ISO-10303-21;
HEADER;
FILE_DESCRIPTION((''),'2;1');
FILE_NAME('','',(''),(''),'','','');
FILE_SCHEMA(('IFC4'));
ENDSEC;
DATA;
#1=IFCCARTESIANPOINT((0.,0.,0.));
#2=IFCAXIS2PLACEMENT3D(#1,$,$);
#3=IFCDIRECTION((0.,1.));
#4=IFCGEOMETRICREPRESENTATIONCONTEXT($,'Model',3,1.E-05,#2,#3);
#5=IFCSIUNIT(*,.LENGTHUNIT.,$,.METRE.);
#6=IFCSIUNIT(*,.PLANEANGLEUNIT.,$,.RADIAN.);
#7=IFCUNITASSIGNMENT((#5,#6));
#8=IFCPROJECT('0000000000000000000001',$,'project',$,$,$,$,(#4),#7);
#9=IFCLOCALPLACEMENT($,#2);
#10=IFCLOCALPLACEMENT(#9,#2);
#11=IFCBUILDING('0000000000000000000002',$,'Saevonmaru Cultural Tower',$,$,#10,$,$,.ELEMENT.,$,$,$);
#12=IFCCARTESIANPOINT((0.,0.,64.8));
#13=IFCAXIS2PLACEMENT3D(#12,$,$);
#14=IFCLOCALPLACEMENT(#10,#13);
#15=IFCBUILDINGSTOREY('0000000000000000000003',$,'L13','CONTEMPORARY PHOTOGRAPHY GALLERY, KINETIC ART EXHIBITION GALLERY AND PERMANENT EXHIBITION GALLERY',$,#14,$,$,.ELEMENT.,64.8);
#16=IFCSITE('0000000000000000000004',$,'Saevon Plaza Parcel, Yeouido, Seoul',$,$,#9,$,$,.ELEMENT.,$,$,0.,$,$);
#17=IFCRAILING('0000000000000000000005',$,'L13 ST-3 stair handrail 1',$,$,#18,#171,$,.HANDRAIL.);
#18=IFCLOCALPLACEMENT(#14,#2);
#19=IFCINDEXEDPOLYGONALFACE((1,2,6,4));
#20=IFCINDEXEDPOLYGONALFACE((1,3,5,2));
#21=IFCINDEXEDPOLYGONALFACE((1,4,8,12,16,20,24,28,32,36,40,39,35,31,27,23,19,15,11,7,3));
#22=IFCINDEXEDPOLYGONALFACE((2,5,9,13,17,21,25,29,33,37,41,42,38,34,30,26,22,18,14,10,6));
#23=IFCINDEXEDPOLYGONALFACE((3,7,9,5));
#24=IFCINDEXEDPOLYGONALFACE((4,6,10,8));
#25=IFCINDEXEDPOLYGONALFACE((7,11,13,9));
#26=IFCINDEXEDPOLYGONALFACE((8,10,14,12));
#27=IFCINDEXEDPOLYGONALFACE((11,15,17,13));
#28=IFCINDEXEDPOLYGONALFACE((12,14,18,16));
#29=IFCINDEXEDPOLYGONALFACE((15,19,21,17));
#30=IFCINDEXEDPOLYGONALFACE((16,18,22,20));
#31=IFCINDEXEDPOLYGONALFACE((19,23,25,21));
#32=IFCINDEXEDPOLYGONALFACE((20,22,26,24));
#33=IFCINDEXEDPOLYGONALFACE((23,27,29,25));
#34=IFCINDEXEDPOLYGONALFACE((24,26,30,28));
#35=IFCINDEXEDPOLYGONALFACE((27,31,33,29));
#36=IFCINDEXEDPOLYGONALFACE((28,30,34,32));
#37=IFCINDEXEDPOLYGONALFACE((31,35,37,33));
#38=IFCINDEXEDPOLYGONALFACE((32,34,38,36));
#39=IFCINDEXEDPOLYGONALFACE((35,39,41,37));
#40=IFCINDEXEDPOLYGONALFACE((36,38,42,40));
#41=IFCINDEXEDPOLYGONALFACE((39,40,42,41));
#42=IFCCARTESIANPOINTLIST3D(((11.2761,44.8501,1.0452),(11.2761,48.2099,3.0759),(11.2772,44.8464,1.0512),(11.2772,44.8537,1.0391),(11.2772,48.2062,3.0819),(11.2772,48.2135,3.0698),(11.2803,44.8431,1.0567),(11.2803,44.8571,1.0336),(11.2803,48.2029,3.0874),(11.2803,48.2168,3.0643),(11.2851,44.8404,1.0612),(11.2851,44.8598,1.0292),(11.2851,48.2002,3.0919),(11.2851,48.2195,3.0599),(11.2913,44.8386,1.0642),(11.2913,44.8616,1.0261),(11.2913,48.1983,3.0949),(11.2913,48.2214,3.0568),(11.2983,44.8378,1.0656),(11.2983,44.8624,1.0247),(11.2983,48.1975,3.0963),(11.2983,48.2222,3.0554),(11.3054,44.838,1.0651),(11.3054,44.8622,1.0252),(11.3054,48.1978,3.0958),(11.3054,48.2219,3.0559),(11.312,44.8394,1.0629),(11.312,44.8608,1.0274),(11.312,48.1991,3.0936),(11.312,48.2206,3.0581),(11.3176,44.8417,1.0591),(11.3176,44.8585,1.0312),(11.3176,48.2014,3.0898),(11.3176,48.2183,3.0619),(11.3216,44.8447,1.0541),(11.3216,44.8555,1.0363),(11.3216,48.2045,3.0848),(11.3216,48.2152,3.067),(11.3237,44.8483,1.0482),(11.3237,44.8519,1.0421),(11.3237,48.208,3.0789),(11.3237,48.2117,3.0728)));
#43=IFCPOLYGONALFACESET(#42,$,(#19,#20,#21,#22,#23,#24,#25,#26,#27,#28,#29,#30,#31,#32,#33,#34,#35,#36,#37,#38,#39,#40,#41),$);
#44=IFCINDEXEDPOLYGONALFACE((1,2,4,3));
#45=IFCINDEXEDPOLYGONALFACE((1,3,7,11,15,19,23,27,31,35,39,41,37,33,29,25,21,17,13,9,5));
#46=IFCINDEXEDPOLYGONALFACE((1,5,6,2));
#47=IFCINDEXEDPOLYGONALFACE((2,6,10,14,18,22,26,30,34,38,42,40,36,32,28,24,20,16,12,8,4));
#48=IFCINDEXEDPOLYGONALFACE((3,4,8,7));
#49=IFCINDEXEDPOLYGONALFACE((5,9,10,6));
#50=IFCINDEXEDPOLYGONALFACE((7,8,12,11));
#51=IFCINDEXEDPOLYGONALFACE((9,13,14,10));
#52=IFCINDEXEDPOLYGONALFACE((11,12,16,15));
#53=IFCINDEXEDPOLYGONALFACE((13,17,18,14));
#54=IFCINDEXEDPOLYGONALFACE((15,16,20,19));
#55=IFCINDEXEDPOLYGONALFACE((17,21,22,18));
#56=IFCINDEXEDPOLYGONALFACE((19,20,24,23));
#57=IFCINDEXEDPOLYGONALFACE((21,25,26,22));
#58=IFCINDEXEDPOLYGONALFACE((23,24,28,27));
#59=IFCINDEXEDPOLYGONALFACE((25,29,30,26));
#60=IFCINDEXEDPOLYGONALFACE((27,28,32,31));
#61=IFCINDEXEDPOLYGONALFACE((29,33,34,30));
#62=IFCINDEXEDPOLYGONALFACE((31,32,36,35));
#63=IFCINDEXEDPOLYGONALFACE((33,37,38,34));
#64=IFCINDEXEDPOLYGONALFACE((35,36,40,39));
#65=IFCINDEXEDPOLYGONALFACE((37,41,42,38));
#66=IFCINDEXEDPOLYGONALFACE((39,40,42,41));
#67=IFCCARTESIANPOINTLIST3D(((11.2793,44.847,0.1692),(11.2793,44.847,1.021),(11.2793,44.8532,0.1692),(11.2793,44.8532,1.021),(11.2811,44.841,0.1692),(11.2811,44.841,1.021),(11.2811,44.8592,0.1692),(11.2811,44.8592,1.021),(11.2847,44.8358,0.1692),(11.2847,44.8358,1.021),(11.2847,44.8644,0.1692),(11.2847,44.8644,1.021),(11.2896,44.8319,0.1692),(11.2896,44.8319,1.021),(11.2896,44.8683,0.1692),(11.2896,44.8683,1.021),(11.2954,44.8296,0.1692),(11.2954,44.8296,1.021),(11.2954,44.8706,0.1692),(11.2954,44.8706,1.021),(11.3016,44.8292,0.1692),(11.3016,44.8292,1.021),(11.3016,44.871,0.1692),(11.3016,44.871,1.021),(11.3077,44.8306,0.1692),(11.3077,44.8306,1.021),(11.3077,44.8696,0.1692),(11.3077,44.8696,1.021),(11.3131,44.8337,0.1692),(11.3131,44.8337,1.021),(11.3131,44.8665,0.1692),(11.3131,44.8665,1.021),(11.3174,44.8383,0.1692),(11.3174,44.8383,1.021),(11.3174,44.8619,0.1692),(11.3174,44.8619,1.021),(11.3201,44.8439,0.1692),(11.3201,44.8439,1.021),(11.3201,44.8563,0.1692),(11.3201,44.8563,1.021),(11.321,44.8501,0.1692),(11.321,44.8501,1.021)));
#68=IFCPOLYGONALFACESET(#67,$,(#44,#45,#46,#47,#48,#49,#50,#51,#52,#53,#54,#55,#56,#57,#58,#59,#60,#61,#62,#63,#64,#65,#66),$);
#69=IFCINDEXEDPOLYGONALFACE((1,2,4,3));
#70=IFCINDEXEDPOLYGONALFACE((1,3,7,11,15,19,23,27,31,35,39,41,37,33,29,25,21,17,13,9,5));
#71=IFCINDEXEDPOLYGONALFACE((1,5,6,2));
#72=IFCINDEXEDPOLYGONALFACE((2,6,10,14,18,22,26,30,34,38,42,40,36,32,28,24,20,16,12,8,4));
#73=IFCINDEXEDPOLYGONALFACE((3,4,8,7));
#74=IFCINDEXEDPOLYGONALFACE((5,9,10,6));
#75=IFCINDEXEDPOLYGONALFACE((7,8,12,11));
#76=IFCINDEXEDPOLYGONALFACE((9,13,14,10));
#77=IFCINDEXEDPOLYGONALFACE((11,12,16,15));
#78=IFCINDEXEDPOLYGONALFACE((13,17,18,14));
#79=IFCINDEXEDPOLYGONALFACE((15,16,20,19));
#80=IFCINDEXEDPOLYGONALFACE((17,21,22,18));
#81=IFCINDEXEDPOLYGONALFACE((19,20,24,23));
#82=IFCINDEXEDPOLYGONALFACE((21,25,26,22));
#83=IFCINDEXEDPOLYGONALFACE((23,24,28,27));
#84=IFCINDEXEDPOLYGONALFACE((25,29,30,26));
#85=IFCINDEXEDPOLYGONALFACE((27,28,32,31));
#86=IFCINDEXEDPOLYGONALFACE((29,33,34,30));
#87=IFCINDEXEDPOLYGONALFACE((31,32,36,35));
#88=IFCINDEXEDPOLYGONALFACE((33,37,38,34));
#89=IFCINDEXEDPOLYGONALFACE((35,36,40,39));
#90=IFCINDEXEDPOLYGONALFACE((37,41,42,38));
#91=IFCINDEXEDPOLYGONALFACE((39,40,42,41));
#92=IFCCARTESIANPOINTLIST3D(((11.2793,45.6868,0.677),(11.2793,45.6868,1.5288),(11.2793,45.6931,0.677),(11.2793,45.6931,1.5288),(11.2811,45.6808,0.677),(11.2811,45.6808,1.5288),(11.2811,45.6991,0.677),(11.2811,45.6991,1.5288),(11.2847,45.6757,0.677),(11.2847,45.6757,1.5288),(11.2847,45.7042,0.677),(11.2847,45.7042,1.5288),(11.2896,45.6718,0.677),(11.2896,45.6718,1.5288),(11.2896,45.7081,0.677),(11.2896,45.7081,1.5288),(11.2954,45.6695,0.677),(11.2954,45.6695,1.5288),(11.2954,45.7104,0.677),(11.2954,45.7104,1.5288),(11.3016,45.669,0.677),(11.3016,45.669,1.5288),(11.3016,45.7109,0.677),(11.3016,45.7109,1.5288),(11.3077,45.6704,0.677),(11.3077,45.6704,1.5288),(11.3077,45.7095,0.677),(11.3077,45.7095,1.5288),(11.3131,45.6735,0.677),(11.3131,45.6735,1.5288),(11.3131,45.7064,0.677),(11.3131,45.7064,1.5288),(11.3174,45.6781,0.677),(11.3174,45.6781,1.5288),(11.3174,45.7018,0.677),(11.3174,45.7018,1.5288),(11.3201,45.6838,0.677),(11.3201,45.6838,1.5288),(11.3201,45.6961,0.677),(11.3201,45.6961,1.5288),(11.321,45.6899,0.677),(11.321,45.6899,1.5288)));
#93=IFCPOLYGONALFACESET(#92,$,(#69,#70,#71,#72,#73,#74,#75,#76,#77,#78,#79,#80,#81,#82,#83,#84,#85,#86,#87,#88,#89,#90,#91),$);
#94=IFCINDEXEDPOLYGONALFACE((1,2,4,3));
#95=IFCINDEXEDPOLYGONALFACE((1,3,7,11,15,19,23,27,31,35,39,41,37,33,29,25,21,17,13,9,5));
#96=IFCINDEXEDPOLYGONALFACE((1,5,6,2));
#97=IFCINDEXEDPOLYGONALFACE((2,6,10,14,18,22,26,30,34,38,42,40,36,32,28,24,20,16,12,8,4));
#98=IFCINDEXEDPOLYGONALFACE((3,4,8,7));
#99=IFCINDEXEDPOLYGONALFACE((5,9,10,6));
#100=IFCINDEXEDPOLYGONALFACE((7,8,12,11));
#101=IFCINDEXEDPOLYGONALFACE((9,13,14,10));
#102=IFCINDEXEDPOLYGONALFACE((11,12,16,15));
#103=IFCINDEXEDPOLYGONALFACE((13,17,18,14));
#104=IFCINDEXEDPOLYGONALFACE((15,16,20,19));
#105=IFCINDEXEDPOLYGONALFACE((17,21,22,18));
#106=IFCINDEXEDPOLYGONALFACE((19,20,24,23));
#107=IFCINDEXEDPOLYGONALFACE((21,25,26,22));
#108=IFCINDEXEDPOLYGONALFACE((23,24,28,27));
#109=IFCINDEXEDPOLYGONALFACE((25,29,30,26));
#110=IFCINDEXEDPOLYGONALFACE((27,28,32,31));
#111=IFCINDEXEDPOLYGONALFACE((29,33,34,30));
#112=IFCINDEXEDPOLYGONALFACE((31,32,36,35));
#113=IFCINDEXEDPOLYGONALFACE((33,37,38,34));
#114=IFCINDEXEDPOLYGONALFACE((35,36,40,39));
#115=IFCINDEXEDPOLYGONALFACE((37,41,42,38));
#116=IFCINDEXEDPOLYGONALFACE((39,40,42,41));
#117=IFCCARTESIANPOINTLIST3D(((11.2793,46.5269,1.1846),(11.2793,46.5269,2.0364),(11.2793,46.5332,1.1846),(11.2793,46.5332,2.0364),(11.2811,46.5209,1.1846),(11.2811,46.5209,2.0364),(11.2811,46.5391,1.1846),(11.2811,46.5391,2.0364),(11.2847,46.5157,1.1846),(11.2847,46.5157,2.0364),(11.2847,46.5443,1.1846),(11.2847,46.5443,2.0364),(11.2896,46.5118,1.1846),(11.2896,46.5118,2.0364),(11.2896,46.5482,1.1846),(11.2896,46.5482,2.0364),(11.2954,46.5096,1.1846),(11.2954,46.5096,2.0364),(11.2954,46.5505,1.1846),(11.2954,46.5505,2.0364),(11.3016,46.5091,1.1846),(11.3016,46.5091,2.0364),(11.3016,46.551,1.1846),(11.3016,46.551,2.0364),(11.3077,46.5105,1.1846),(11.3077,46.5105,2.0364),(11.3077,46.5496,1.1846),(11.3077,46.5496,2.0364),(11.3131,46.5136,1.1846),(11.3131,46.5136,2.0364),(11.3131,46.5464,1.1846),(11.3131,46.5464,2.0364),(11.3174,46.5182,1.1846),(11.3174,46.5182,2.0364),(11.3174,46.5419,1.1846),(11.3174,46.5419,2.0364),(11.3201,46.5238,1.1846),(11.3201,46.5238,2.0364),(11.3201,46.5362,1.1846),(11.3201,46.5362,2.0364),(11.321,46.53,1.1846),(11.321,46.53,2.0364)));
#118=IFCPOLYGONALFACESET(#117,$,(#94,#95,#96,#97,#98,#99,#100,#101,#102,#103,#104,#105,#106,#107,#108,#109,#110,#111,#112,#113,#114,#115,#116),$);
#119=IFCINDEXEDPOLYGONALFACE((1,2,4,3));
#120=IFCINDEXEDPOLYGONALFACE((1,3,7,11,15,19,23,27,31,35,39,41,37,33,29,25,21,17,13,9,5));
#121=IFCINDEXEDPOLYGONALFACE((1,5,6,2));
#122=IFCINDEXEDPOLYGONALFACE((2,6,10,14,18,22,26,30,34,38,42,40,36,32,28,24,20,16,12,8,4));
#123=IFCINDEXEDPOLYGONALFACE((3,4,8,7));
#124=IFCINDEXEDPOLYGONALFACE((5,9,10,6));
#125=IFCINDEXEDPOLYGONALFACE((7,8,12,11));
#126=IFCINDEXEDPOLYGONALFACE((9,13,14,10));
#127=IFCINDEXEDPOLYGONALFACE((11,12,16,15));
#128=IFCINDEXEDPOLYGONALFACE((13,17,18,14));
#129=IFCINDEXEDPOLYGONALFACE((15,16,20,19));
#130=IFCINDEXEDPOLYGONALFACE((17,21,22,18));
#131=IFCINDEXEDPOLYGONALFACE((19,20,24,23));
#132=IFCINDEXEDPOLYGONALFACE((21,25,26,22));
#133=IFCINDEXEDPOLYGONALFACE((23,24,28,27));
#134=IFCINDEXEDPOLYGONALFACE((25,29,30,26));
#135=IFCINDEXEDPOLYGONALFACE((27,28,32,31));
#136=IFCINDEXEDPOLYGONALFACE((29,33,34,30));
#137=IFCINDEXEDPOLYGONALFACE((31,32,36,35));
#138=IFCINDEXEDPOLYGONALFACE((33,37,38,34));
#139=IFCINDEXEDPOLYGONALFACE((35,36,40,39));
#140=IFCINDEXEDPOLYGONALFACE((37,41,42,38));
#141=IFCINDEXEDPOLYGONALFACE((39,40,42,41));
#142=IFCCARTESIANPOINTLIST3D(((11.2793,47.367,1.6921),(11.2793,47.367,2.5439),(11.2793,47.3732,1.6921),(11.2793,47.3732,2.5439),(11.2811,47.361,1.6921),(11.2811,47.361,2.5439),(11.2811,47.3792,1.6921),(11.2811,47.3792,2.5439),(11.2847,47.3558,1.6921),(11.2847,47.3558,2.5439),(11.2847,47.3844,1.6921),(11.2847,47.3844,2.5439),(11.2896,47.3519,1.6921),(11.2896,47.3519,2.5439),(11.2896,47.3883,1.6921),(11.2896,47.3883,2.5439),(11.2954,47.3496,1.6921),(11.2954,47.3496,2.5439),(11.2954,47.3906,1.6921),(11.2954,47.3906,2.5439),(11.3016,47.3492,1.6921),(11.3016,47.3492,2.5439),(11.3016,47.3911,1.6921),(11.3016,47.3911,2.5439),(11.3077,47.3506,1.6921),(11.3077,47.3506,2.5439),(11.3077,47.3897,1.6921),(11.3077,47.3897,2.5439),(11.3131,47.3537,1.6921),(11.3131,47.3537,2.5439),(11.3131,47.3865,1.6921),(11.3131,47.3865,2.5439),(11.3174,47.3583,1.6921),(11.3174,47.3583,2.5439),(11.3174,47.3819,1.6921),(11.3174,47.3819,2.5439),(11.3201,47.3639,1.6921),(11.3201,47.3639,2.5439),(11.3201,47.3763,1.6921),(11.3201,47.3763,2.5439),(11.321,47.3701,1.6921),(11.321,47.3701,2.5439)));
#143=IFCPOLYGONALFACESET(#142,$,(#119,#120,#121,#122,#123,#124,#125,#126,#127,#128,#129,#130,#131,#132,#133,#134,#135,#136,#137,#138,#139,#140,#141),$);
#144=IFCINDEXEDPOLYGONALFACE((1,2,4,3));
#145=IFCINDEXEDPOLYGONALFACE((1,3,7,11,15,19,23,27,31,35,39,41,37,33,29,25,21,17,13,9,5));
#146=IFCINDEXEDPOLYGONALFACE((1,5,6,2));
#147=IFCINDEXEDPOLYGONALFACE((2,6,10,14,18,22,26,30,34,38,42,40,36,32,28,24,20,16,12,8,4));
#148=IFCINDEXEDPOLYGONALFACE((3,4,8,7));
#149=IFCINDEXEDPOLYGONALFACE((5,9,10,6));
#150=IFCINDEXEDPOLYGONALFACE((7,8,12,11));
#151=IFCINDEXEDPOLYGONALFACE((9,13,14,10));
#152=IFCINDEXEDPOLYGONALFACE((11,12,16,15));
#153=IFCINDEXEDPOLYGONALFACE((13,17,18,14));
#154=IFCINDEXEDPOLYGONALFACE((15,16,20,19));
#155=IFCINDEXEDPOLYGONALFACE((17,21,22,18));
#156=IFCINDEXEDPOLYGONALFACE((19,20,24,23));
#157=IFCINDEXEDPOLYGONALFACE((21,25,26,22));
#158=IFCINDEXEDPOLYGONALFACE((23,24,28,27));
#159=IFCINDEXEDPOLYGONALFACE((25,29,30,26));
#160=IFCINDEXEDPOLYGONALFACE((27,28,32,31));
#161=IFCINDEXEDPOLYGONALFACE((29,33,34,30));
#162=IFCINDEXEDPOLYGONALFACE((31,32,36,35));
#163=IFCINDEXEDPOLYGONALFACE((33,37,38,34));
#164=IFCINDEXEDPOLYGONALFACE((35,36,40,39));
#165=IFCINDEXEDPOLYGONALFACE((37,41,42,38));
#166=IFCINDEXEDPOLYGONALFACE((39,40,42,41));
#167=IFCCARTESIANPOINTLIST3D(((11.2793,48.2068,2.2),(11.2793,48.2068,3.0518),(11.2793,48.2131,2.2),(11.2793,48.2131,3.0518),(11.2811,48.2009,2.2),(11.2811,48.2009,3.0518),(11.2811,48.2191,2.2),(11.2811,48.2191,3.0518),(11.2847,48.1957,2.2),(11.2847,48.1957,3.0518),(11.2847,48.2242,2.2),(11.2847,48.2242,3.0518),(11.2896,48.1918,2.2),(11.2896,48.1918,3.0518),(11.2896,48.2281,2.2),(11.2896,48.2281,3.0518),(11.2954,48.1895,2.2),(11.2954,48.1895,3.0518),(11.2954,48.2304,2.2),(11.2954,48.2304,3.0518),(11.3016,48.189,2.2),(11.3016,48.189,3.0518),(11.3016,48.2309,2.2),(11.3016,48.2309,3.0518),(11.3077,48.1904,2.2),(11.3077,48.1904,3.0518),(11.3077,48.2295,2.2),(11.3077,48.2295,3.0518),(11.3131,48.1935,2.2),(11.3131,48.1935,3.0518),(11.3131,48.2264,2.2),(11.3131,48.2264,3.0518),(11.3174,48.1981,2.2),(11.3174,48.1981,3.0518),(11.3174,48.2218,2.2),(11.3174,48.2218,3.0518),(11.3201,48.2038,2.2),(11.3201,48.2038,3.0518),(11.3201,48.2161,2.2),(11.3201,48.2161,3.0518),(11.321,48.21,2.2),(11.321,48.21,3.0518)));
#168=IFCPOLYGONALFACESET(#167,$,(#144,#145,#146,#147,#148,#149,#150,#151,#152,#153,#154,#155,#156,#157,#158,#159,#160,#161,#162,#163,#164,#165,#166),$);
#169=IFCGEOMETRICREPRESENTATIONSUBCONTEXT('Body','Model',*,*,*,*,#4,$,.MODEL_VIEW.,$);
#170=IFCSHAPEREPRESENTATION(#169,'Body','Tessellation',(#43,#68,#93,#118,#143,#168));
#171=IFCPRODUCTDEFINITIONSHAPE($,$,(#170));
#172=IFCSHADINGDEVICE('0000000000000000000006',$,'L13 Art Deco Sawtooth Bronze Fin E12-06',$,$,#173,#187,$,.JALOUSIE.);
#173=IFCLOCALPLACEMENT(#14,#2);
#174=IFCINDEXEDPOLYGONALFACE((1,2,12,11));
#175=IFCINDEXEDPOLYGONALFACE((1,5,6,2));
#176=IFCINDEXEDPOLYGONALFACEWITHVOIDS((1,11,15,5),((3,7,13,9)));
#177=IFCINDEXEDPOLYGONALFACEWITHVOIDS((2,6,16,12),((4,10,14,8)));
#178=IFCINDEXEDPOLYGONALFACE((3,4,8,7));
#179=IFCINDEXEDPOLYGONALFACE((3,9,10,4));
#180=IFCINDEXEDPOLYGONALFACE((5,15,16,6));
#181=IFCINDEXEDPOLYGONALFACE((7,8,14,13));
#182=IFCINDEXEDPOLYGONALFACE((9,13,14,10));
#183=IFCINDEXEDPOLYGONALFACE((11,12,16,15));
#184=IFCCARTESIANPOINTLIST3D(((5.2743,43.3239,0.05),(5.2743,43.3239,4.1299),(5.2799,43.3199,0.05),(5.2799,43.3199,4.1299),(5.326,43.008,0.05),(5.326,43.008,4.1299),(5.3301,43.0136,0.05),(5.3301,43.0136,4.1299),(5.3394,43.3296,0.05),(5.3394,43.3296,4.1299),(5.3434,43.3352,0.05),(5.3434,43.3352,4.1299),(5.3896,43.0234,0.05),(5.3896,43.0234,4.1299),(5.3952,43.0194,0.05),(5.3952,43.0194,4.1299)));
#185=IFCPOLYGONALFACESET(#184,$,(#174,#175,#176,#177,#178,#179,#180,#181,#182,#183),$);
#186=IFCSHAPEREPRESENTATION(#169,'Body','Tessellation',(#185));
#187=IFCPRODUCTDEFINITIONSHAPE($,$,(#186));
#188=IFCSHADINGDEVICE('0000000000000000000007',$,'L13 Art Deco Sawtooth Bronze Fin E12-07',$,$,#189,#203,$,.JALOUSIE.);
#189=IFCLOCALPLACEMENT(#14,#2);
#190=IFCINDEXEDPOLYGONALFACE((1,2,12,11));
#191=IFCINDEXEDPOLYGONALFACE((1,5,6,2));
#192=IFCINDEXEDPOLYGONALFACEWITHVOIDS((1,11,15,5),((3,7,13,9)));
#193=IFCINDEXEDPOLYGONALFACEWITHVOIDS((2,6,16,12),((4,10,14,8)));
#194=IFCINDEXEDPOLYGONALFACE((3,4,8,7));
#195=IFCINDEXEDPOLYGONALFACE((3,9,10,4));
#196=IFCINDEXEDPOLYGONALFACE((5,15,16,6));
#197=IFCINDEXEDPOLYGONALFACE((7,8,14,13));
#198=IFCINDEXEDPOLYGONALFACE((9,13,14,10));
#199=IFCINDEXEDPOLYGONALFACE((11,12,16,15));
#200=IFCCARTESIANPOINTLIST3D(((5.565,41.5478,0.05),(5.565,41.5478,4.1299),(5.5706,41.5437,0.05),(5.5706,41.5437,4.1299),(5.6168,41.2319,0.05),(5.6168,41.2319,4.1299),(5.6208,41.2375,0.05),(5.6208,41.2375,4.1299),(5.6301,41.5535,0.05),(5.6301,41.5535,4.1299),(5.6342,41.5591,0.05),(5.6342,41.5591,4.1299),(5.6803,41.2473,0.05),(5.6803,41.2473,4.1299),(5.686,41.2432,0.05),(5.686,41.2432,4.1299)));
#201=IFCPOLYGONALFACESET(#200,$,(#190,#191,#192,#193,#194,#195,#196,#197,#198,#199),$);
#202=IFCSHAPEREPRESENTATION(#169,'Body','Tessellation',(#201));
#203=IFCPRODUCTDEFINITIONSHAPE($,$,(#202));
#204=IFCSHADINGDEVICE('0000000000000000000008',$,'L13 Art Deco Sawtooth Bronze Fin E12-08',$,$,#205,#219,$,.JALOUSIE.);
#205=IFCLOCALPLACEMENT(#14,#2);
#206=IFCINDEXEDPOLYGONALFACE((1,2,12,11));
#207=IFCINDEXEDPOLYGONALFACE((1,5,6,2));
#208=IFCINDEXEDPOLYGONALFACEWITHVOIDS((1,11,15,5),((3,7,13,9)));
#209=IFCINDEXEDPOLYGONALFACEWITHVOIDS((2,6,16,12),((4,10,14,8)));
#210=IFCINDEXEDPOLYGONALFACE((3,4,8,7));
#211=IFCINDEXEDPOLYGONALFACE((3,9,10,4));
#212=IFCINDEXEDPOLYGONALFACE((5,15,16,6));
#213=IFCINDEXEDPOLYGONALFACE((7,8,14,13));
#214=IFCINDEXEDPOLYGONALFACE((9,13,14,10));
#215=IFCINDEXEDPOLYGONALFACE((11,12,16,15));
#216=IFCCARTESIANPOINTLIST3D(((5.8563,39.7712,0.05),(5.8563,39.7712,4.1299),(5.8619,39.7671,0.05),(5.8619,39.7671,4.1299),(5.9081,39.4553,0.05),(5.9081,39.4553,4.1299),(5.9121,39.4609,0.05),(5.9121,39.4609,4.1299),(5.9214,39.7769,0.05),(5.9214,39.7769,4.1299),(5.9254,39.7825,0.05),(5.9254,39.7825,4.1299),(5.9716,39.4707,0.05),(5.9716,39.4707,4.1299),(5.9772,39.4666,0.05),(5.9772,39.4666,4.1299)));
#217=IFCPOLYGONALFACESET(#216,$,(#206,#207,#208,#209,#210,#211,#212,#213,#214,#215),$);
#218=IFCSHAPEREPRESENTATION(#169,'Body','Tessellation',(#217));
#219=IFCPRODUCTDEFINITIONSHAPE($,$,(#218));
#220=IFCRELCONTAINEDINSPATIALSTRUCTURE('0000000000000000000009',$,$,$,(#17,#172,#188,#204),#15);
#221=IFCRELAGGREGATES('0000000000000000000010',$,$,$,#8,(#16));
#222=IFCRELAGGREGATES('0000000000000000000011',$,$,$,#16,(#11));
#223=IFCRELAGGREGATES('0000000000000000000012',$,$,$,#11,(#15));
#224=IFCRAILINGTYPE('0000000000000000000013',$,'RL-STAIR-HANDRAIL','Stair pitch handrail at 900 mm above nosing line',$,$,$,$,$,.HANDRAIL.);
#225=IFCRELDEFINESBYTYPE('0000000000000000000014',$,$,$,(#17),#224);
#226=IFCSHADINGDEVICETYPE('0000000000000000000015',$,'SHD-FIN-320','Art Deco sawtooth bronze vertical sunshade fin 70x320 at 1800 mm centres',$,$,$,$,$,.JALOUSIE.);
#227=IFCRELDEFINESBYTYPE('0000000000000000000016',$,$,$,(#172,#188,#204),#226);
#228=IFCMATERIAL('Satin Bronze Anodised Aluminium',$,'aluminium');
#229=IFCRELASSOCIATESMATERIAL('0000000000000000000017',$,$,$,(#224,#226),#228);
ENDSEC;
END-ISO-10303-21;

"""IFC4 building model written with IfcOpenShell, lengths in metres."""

from ifc_helpers import new_model, si_unit, direction, frame, origin, origin_2d, place, context, subcontext, project, spatial, hollow_rectangle, circle, extrude, material, material_profile, profile_set, type_object, element, save


model = new_model("IFC4")

# Units and contexts
model_context = context("Model", 3, precision=1e-05, world=origin(), true_north=direction((0.0, 1.0)))
body_context = subcontext(model_context, "Body", "Model", "MODEL_VIEW")
ifc_project = project(units=[si_unit("LENGTHUNIT", "METRE"), si_unit("PLANEANGLEUNIT", "RADIAN")], contexts=[model_context])

# Site, building, storey
site_placement = place(None, origin())
site = spatial("IfcSite", under=ifc_project, at=site_placement, Name="Saevon Plaza Parcel, Yeouido, Seoul", CompositionType="ELEMENT", RefElevation=0.0)
building_placement = place(site_placement, origin())
building = spatial("IfcBuilding", under=site, at=building_placement, Name="Saevonmaru Cultural Tower", CompositionType="ELEMENT")
storey_placement = place(building_placement, frame((0.0, 0.0, 64.8)))
storey = spatial("IfcBuildingStorey", under=building, at=storey_placement, Name="L13", Description="CONTEMPORARY PHOTOGRAPHY GALLERY, KINETIC ART EXHIBITION GALLERY AND PERMANENT EXHIBITION GALLERY", CompositionType="ELEMENT", Elevation=64.8)

# Shared definitions
ifc_material_1 = material(Name="Satin Bronze Anodised Aluminium", Category="aluminium")

# Railing
railing_type_1 = type_object("IfcRailingType", Name="RL-STAIR-HANDRAIL", Description="Stair pitch handrail at 900 mm above nosing line", PredefinedType="HANDRAIL", material=ifc_material_1)
railing_1_placement = place(storey_placement, frame((11.3, 44.8501, 0.1692)))
element("IfcRailing", 1, at=railing_1_placement, inside=storey, type_object=railing_type_1, Name="L13 ST-3 stair handrail 1", PredefinedType="HANDRAIL", context=body_context, shape_type="SweptSolid", body=[
    extrude(circle(Radius=0.0239, at=origin_2d()), frame((0.0, 0.0, 0.876), z_axis=(0.0, 0.85582, 0.517273), x_axis=(-1.0, 0.0, 0.0)), (0.0, 0.0, 1.0), 3.9258),
    extrude(circle(Radius=0.021, at=origin_2d()), origin(), (0.0, 0.0, 1.0), 0.8518),
    extrude(circle(Radius=0.021, at=origin_2d()), frame((0.0, 0.8398, 0.5078)), (0.0, 0.0, 1.0), 0.8518),
    extrude(circle(Radius=0.021, at=origin_2d()), frame((0.0, 1.6799, 1.0154)), (0.0, 0.0, 1.0), 0.8518),
    extrude(circle(Radius=0.021, at=origin_2d()), frame((0.0, 2.52, 1.5229)), (0.0, 0.0, 1.0), 0.8518),
    extrude(circle(Radius=0.021, at=origin_2d()), frame((0.0, 3.3599, 2.0308)), (0.0, 0.0, 1.0), 0.8518),
])

# Shading devices
ifc_material_profile_1 = material_profile(ifc_material_1, hollow_rectangle(XDim=0.0701, YDim=0.3201, WallThickness=0.0049, at=origin_2d()), Name="FIN-320x70")
ifc_profile_set_1 = profile_set([ifc_material_profile_1], Name="Satin Bronze Anodised Aluminium")
shading_device_type = type_object("IfcShadingDeviceType", Name="SHD-FIN-320", Description="Art Deco sawtooth bronze vertical sunshade fin 70x320 at 1800 mm centres", PredefinedType="JALOUSIE", material=ifc_profile_set_1)
for number, where, z_axis, x_axis, name in (
    (2, (5.3347, 43.1716, 0.05), (0.0, 0.0, 1.0), (-0.986827, -0.161776, 0.0), "L13 Art Deco Sawtooth Bronze Fin E12-06"),
    (3, (5.6255, 41.3955, 0.05), (0.0, 0.0, 1.0), (-0.986827, -0.161776, 0.0), "L13 Art Deco Sawtooth Bronze Fin E12-07"),
    (4, (5.9167, 39.6189, 0.05), (0.0, 0.0, 1.0), (-0.986827, -0.161776, 0.0), "L13 Art Deco Sawtooth Bronze Fin E12-08"),
):
    element("IfcShadingDevice", number, at=place(storey_placement, frame(where, z_axis=z_axis, x_axis=x_axis)), inside=storey, type_object=shading_device_type, Name=name, PredefinedType="JALOUSIE", context=body_context, shape_type="SweptSolid", body=[
        extrude(hollow_rectangle(XDim=0.0701, YDim=0.3201, WallThickness=0.0049, at=origin_2d()), origin(), (0.0, 0.0, 1.0), 4.0798),
    ])

save(model, "model.ifc")
